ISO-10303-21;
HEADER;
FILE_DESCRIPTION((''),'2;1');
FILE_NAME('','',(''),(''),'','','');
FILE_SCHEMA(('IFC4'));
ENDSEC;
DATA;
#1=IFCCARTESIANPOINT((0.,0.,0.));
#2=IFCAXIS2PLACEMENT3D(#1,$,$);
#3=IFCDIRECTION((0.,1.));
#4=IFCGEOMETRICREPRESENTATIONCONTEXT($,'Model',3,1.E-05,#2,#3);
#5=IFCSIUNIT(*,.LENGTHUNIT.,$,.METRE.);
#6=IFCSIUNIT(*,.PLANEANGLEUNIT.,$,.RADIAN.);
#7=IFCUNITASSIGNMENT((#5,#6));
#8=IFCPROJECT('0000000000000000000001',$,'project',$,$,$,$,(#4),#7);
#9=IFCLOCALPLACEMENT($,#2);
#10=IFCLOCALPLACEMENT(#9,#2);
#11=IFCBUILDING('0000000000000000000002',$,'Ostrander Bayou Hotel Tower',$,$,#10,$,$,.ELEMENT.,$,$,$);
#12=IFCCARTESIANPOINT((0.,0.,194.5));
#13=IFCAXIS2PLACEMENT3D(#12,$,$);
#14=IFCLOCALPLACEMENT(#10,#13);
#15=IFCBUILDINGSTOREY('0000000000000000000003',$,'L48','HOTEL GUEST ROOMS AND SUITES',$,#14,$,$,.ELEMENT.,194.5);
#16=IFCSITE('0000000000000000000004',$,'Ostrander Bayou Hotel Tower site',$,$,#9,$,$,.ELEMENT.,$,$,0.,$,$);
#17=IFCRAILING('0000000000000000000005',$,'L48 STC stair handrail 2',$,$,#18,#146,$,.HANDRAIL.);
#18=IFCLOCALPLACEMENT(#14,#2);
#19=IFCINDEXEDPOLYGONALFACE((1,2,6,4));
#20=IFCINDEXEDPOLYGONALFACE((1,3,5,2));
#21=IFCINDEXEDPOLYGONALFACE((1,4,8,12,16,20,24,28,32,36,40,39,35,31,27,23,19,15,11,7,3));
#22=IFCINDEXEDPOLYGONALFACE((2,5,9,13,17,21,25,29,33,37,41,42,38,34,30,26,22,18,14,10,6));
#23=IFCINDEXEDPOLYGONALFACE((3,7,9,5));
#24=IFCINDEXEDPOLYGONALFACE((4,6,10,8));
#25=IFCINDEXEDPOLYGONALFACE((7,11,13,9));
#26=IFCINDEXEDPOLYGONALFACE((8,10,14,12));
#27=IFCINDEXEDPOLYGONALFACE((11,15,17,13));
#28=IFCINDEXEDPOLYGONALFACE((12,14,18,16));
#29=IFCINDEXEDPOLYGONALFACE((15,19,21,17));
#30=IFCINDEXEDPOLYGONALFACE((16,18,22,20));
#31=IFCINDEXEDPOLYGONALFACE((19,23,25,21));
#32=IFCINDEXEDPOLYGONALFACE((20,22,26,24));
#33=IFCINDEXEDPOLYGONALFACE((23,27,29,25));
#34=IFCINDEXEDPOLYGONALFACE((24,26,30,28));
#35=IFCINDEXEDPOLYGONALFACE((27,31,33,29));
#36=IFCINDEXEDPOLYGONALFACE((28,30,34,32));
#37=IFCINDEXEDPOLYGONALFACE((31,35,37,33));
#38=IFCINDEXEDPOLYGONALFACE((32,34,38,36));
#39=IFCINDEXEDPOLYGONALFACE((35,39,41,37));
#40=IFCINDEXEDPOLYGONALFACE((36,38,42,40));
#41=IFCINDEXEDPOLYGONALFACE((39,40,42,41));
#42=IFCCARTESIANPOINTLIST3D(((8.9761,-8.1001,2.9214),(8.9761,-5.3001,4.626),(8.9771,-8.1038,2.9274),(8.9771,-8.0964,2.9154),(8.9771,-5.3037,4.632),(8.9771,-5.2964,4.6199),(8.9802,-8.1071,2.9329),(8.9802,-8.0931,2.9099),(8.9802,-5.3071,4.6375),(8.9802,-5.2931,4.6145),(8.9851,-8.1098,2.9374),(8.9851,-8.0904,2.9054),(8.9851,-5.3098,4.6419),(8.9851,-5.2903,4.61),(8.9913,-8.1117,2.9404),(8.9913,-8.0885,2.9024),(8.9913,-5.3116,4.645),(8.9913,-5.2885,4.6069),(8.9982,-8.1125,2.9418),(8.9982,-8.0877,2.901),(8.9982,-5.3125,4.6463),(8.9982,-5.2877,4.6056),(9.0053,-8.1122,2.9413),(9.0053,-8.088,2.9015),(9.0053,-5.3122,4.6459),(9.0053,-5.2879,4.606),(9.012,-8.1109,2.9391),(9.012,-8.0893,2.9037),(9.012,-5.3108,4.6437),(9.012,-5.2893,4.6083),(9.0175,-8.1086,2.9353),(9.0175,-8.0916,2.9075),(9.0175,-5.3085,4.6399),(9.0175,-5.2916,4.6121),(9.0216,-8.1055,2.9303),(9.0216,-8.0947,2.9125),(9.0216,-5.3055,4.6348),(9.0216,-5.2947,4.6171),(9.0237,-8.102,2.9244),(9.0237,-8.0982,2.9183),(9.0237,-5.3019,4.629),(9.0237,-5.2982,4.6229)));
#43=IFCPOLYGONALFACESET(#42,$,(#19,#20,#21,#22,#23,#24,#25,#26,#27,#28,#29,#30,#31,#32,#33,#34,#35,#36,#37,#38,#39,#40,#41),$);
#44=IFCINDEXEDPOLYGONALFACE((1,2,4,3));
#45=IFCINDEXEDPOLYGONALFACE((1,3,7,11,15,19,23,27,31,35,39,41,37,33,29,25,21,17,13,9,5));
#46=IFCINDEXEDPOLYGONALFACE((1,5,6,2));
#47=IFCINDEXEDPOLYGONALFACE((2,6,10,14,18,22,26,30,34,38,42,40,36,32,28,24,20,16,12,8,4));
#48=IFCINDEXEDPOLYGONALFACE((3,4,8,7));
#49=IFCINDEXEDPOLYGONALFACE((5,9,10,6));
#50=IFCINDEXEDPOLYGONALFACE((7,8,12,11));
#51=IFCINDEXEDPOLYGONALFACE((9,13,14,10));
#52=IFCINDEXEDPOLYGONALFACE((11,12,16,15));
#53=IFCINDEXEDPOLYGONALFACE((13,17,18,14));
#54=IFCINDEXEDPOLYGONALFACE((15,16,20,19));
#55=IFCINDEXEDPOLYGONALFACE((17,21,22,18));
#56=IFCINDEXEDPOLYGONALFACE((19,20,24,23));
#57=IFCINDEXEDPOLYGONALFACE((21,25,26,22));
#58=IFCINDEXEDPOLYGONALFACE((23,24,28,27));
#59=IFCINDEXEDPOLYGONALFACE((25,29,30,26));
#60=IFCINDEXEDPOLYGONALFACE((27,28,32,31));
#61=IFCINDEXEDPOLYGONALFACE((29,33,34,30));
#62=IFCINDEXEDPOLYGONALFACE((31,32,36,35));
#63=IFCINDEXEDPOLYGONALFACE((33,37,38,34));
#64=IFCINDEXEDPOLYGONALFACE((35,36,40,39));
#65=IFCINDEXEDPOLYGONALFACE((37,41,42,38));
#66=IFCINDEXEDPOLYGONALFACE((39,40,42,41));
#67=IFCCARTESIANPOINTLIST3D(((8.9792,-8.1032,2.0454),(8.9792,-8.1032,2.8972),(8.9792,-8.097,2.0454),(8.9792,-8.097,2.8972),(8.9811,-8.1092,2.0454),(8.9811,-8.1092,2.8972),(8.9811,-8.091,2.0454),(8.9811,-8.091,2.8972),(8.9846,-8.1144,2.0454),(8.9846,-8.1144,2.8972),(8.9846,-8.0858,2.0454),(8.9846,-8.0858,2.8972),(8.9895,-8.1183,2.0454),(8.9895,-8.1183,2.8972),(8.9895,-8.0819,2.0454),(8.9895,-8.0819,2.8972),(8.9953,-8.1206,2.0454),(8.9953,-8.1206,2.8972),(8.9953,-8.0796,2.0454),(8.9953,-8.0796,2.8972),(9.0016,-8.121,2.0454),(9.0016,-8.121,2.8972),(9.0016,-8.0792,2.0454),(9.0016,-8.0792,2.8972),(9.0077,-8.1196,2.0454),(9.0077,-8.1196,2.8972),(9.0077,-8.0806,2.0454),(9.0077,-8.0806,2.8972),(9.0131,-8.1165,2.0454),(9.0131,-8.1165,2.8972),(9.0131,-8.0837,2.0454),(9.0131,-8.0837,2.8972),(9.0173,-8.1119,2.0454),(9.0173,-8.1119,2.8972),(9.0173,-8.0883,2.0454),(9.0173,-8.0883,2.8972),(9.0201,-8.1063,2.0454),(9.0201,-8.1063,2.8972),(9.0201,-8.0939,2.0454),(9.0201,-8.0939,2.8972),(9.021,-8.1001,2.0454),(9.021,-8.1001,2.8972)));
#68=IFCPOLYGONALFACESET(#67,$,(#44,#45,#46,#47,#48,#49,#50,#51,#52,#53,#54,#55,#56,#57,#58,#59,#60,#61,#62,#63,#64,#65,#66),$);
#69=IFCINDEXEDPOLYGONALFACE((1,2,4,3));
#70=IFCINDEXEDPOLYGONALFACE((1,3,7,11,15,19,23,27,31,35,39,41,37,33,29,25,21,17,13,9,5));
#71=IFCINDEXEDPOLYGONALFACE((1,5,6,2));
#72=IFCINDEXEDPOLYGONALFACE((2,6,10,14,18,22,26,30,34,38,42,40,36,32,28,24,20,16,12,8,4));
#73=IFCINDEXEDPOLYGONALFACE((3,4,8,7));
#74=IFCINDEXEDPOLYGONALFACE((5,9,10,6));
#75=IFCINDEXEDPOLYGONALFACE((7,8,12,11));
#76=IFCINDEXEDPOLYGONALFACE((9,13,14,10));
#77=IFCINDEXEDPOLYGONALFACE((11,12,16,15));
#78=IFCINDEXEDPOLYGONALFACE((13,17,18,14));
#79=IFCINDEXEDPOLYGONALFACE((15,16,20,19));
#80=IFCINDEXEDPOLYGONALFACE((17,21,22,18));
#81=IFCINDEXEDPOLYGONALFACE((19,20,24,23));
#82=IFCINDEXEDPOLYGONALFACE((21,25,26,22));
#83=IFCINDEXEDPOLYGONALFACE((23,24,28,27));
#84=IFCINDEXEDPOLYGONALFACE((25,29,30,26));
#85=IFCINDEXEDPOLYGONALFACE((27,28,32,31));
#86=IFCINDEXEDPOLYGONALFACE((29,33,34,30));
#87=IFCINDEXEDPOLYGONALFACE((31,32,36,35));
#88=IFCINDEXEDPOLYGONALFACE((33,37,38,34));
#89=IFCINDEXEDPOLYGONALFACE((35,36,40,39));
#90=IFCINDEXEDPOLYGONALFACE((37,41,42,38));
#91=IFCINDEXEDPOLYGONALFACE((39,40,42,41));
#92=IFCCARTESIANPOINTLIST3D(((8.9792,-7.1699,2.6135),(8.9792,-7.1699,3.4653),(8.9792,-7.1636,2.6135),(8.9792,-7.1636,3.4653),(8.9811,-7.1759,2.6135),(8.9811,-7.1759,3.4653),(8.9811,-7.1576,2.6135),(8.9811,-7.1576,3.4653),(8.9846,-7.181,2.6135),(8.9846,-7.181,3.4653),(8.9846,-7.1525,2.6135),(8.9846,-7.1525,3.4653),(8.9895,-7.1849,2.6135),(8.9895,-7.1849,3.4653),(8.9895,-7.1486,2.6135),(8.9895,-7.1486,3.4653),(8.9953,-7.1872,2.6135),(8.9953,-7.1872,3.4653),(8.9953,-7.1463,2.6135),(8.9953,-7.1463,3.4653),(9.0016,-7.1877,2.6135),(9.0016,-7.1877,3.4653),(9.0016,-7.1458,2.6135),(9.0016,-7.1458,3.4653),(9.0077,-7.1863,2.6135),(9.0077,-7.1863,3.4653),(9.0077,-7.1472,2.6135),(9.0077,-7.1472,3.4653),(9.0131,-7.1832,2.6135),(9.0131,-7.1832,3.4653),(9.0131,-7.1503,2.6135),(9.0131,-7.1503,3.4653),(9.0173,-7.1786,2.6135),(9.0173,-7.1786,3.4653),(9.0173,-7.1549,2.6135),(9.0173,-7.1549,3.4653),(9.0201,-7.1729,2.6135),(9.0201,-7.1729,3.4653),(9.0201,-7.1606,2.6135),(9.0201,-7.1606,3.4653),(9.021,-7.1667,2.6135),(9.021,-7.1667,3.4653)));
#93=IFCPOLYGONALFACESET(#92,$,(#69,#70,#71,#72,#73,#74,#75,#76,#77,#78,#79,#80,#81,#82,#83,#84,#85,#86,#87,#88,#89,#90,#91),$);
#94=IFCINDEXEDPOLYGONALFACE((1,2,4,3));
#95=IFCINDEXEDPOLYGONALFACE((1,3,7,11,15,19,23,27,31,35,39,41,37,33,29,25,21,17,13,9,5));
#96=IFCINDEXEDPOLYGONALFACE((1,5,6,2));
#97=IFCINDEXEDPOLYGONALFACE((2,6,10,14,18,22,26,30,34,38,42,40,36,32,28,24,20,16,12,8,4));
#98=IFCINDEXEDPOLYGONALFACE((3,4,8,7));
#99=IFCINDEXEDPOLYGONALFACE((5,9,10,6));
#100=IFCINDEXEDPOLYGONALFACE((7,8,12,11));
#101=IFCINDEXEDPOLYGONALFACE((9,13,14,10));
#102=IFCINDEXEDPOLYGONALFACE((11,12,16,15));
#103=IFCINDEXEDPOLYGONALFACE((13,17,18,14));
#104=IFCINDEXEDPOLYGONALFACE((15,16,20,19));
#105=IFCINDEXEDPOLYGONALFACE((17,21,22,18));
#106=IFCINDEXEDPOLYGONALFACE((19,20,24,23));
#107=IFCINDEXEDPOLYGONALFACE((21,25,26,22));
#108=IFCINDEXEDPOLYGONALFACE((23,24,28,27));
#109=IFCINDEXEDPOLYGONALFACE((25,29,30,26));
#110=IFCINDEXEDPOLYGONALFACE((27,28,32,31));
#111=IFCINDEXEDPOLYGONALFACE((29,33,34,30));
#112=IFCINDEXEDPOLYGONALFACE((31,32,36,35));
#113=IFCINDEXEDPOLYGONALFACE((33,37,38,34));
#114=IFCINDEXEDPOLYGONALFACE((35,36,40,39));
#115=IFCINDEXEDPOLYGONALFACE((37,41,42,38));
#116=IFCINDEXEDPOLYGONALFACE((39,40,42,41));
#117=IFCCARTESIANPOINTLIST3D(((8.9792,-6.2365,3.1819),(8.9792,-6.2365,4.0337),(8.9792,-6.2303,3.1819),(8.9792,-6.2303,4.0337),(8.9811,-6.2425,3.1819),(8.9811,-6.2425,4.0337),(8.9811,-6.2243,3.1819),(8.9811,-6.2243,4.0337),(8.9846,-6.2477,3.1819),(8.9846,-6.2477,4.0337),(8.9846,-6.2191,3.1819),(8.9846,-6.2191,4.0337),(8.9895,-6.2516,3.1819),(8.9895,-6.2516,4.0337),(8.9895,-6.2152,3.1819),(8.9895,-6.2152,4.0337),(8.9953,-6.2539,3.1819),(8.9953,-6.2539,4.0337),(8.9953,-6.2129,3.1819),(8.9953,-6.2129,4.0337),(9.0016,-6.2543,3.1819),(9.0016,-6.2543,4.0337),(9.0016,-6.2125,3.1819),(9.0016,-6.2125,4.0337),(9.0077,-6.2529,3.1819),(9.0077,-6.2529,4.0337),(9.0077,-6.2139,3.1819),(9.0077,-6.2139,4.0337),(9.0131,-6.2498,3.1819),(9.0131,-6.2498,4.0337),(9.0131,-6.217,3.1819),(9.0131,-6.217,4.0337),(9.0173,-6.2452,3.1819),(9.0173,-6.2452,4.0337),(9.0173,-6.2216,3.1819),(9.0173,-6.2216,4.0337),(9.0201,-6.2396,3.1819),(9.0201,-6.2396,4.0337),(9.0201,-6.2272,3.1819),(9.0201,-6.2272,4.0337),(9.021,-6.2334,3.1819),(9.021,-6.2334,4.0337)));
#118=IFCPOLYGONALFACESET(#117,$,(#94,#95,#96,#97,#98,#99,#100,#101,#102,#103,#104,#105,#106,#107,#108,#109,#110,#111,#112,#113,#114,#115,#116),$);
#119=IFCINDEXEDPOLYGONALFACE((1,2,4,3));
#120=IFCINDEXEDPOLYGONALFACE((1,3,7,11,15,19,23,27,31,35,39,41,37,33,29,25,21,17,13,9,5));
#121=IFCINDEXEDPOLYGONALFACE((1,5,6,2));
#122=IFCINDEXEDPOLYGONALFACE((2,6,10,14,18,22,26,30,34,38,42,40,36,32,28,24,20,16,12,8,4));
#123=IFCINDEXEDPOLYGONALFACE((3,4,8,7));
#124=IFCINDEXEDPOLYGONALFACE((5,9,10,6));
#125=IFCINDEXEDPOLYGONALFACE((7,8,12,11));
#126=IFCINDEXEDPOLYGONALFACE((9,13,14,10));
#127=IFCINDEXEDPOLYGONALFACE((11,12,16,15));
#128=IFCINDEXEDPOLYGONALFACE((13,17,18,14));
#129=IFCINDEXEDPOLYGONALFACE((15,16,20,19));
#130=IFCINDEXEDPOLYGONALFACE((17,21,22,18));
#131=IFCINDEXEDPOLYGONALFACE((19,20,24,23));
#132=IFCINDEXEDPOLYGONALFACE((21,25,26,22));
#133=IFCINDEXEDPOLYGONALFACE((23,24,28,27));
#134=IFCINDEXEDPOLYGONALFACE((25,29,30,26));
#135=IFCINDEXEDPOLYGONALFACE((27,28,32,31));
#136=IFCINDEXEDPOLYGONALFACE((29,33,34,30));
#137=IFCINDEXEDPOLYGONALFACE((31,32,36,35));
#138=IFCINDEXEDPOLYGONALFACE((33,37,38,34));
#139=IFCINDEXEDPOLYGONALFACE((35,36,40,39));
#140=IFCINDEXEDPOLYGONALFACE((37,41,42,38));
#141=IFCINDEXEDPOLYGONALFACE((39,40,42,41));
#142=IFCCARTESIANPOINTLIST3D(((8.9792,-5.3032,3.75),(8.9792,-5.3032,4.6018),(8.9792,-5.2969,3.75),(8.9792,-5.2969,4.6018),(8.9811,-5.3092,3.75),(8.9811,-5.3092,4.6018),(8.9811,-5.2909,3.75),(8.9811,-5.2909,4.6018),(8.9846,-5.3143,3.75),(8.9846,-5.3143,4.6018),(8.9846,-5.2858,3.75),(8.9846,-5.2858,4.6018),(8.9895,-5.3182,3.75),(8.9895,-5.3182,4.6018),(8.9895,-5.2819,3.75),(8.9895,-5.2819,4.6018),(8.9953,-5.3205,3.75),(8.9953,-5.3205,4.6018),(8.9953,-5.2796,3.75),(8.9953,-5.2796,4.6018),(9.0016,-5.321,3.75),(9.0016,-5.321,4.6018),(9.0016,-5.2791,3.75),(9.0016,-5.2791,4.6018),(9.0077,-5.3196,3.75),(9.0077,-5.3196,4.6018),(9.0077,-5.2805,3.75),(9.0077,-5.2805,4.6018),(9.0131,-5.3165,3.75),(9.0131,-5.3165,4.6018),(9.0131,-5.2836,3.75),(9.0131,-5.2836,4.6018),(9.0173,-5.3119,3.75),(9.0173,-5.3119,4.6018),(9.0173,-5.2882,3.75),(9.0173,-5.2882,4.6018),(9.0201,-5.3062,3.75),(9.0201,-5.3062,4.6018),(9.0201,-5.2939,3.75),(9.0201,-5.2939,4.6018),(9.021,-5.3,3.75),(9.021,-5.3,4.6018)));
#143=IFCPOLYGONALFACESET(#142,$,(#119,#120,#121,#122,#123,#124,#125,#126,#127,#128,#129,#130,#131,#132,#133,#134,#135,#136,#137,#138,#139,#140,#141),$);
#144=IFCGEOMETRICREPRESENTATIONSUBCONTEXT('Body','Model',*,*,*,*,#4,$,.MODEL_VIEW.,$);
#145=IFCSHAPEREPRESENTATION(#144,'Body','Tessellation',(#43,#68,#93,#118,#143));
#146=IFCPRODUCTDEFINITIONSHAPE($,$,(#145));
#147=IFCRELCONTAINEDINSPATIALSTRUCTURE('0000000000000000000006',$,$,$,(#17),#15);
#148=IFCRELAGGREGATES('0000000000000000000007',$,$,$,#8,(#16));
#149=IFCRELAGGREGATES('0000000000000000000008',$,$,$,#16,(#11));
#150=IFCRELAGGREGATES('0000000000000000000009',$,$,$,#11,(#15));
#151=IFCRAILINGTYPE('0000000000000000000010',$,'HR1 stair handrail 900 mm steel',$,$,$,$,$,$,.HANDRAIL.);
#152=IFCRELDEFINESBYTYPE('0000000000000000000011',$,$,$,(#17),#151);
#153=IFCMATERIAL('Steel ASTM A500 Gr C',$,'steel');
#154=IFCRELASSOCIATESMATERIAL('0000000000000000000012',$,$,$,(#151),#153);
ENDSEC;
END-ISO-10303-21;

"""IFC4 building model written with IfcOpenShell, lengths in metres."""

from ifc_helpers import new_model, si_unit, direction, frame, origin, origin_2d, place, context, subcontext, project, spatial, circle, extrude, material, type_object, element, save


model = new_model("IFC4")

# Units and contexts
model_context = context("Model", 3, precision=1e-05, world=origin(), true_north=direction((0.0, 1.0)))
body_context = subcontext(model_context, "Body", "Model", "MODEL_VIEW")
ifc_project = project(units=[si_unit("LENGTHUNIT", "METRE"), si_unit("PLANEANGLEUNIT", "RADIAN")], contexts=[model_context])

# Site, building, storey
site_placement = place(None, origin())
site = spatial("IfcSite", under=ifc_project, at=site_placement, Name="Ostrander Bayou Hotel Tower site", CompositionType="ELEMENT", RefElevation=0.0)
building_placement = place(site_placement, origin())
building = spatial("IfcBuilding", under=site, at=building_placement, Name="Ostrander Bayou Hotel Tower", CompositionType="ELEMENT")
storey_placement = place(building_placement, frame((0.0, 0.0, 194.5)))
storey = spatial("IfcBuildingStorey", under=building, at=storey_placement, Name="L48", Description="HOTEL GUEST ROOMS AND SUITES", CompositionType="ELEMENT", Elevation=194.5)

# Railing
ifc_material_1 = material(Name="Steel ASTM A500 Gr C", Category="steel")
railing_type_1 = type_object("IfcRailingType", Name="HR1 stair handrail 900 mm steel", PredefinedType="HANDRAIL", material=ifc_material_1)
railing_1_placement = place(storey_placement, frame((9.0, -8.1001, 2.0454)))
element("IfcRailing", 1, at=railing_1_placement, inside=storey, type_object=railing_type_1, Name="L48 STC stair handrail 2", PredefinedType="HANDRAIL", context=body_context, shape_type="SweptSolid", body=[
    extrude(circle(Radius=0.0239, at=origin_2d()), frame((0.0, 0.0, 0.876), z_axis=(0.0, 0.85417, 0.519994), x_axis=(-1.0, 0.0, 0.0)), (0.0, 0.0, 1.0), 3.2781),
    extrude(circle(Radius=0.021, at=origin_2d()), origin(), (0.0, 0.0, 1.0), 0.8518),
    extrude(circle(Radius=0.021, at=origin_2d()), frame((0.0, 0.9333, 0.5681)), (0.0, 0.0, 1.0), 0.8518),
    extrude(circle(Radius=0.021, at=origin_2d()), frame((0.0, 1.8667, 1.1365)), (0.0, 0.0, 1.0), 0.8518),
    extrude(circle(Radius=0.021, at=origin_2d()), frame((0.0, 2.8, 1.7046)), (0.0, 0.0, 1.0), 0.8518),
])

save(model, "model.ifc")
